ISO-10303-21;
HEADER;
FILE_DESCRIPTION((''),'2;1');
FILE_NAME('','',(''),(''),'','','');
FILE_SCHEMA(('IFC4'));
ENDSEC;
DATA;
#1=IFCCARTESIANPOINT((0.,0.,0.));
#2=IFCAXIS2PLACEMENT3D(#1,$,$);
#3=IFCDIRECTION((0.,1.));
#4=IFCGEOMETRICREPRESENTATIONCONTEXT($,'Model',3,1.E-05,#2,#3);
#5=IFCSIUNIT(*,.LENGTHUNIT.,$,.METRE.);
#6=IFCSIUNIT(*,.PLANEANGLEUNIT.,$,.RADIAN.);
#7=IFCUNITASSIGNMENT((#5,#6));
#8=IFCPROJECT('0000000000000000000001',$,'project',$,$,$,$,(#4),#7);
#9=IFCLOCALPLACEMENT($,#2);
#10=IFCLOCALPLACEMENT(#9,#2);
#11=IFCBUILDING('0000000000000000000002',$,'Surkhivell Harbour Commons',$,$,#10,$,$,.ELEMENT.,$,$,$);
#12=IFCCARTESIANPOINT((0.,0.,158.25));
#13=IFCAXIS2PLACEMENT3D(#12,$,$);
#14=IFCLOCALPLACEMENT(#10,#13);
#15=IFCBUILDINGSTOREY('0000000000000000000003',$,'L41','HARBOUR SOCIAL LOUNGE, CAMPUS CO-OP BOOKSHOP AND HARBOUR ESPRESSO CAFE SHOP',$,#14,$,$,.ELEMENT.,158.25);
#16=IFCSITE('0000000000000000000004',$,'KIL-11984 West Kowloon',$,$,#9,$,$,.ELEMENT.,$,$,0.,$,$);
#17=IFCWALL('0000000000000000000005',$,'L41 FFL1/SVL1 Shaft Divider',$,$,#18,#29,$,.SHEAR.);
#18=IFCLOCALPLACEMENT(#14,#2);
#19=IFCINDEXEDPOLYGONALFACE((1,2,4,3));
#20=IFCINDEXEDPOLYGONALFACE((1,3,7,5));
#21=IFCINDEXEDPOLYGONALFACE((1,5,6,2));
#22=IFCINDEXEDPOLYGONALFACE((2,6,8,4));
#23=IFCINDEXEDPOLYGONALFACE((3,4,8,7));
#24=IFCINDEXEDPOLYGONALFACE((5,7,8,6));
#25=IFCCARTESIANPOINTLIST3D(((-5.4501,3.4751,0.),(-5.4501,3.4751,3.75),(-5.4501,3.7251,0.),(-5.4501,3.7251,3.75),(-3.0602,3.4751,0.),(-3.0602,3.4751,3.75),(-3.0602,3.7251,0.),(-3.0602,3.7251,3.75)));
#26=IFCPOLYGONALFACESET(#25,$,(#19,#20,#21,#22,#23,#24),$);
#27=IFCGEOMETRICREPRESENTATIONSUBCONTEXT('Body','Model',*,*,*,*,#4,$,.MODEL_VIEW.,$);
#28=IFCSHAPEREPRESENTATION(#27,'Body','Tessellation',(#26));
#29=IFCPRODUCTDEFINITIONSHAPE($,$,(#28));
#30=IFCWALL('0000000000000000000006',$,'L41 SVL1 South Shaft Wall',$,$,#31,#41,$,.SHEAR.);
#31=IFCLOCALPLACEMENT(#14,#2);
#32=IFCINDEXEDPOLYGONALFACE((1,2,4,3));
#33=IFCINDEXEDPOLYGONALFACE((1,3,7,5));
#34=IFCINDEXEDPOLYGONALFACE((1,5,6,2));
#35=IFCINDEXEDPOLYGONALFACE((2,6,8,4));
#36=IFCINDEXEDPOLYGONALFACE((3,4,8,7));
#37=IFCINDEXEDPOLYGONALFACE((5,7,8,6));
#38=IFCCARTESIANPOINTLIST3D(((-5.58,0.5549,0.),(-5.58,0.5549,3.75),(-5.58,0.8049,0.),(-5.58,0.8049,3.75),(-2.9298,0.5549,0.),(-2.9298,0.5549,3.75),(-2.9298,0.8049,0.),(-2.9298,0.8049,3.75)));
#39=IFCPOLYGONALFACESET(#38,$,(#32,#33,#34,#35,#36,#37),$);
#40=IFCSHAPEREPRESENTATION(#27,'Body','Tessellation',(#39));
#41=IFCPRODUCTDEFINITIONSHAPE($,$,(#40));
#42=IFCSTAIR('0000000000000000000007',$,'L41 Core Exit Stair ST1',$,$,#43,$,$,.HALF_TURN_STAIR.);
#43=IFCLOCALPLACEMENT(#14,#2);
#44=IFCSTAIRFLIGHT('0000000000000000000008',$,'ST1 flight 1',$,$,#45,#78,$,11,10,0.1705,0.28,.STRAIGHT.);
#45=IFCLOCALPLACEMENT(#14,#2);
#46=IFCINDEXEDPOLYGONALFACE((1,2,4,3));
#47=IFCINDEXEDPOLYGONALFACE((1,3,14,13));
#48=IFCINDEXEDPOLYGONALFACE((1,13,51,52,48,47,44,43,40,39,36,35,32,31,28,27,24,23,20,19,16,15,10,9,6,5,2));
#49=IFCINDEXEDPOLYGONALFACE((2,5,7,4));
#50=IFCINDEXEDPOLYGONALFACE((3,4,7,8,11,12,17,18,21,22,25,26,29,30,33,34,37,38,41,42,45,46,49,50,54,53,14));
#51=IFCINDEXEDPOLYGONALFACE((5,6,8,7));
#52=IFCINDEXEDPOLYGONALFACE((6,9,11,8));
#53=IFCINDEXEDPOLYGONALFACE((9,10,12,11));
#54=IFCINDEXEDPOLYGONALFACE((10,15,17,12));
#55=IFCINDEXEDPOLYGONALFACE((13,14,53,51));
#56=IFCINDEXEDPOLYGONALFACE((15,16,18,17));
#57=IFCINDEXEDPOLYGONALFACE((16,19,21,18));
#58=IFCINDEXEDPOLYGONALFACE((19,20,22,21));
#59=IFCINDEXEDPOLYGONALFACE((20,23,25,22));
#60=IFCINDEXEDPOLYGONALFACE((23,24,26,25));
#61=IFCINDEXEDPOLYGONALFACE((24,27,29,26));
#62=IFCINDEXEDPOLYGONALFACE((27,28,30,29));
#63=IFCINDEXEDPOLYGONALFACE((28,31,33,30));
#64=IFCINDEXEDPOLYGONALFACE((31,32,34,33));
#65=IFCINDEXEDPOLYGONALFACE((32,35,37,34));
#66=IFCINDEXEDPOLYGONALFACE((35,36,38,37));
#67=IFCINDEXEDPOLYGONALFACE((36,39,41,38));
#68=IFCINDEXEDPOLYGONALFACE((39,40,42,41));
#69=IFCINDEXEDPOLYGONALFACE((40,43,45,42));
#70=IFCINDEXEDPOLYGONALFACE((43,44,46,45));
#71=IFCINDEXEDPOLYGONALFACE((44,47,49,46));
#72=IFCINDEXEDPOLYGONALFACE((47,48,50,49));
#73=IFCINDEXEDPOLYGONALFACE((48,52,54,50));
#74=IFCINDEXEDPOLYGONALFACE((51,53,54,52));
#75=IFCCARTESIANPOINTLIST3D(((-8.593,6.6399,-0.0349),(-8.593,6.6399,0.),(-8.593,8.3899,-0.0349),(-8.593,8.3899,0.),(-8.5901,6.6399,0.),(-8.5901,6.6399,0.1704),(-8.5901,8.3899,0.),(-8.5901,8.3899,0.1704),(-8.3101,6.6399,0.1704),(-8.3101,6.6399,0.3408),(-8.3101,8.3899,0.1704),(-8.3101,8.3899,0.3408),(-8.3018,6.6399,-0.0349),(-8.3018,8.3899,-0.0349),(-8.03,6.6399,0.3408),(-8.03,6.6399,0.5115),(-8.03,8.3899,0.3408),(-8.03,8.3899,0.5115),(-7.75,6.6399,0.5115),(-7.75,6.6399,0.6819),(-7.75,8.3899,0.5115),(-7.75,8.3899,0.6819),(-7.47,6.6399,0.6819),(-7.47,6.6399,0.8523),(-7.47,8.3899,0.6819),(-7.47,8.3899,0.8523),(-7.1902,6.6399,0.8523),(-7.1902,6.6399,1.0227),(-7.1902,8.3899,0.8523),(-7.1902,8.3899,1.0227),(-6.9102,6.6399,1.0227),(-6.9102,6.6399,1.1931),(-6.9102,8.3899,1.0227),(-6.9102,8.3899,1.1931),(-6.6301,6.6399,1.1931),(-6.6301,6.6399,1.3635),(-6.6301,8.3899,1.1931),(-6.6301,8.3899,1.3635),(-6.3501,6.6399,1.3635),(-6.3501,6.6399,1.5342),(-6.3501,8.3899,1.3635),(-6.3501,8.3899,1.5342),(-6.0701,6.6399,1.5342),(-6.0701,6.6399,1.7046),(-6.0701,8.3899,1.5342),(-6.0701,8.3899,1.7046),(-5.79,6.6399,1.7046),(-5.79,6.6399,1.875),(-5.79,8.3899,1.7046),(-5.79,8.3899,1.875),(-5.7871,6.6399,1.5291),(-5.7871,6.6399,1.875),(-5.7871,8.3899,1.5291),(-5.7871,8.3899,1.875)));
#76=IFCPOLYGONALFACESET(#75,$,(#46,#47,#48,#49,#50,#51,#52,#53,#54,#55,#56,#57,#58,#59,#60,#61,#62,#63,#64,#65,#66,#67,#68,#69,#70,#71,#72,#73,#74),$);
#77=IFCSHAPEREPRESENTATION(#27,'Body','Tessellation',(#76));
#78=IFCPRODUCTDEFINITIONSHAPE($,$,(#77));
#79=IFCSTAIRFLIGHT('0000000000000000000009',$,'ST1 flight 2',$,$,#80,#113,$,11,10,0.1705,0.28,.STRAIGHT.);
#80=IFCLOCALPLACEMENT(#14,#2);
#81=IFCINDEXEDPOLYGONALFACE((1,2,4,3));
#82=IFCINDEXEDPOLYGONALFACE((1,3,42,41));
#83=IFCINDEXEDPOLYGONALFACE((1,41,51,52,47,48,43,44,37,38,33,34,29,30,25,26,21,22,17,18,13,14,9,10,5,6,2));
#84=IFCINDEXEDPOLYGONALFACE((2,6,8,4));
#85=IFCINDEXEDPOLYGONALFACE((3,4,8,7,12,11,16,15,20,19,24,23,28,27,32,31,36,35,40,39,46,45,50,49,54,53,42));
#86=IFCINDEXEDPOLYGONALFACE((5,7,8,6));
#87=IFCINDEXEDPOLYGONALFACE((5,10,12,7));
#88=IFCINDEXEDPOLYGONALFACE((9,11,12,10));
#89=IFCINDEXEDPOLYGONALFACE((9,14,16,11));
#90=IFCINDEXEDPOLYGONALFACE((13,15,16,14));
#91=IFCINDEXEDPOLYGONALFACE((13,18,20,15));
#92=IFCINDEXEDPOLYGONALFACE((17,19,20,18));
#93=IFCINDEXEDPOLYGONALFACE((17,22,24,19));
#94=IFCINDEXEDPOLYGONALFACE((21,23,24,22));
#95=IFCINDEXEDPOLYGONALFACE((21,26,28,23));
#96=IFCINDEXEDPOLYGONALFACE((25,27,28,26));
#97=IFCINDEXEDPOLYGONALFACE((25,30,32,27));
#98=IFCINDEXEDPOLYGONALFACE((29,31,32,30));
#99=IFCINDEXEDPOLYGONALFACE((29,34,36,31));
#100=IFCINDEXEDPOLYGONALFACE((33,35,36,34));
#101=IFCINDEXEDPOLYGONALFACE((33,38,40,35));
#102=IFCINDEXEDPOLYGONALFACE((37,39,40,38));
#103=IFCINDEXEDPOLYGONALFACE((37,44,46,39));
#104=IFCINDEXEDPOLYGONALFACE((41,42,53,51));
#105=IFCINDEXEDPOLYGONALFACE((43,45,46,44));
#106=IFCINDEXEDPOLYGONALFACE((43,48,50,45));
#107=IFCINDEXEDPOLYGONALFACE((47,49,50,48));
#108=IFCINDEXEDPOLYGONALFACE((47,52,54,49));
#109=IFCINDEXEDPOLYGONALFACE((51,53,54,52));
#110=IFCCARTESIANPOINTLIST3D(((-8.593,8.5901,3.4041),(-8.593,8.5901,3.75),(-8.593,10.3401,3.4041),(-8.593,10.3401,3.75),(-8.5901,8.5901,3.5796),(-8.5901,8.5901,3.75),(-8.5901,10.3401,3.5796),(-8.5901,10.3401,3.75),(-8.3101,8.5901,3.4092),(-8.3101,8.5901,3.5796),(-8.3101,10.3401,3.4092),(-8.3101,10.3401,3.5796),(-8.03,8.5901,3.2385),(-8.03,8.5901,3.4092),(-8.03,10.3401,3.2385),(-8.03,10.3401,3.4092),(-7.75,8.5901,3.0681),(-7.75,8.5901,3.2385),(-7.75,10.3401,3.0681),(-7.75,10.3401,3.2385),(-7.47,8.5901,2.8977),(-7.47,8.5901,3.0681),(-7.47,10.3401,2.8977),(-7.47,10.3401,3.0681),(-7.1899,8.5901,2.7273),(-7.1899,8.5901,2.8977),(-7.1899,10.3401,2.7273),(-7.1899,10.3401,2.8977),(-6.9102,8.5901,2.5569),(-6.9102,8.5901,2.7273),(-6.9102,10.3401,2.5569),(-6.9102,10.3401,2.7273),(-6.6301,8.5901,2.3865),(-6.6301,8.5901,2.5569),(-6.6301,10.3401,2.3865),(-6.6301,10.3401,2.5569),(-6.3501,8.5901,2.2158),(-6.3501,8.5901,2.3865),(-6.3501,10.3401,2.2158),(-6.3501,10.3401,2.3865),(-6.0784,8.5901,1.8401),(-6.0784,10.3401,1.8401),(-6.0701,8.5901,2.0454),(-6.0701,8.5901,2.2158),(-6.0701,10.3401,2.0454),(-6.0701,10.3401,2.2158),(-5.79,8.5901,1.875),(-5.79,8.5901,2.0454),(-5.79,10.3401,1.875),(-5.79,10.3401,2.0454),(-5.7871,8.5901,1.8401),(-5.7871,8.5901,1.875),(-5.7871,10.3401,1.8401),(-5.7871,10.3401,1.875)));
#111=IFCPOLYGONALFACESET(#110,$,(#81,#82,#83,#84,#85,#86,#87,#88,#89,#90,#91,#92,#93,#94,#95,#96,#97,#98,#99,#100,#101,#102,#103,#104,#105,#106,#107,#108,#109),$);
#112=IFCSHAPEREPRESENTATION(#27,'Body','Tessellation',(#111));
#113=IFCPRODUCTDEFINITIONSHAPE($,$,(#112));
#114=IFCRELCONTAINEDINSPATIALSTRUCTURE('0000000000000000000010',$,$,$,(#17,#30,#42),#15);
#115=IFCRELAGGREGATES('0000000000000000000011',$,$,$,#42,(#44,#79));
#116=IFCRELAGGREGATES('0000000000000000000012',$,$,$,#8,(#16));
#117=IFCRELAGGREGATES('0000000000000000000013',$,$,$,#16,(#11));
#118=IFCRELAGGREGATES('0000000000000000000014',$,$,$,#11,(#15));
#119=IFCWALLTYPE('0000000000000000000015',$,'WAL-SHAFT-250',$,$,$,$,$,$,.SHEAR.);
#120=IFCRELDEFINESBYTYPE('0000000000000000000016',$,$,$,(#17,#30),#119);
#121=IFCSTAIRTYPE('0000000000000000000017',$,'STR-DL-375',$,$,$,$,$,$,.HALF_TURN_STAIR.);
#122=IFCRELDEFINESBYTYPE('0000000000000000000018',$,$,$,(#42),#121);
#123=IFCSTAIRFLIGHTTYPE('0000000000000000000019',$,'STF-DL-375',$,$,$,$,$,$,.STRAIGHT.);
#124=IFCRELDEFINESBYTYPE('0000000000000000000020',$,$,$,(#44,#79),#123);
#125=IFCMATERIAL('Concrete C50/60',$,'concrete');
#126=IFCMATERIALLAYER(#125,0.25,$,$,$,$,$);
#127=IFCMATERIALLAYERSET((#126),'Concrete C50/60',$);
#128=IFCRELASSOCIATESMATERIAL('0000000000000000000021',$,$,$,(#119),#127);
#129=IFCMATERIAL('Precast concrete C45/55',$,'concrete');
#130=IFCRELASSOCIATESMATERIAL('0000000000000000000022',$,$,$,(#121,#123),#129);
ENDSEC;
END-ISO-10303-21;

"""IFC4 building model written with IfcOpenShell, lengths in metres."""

from ifc_helpers import new_model, si_unit, direction, frame, frame_2d, origin, place, context, subcontext, project, spatial, polyline, rectangle, outline, extrude, material, layer, layer_set, type_object, element, aggregate, save


model = new_model("IFC4")

# Units and contexts
model_context = context("Model", 3, precision=1e-05, world=origin(), true_north=direction((0.0, 1.0)))
body_context = subcontext(model_context, "Body", "Model", "MODEL_VIEW")
ifc_project = project(units=[si_unit("LENGTHUNIT", "METRE"), si_unit("PLANEANGLEUNIT", "RADIAN")], contexts=[model_context])

# Site, building, storey
site_placement = place(None, origin())
site = spatial("IfcSite", under=ifc_project, at=site_placement, Name="KIL-11984 West Kowloon", CompositionType="ELEMENT", RefElevation=0.0)
building_placement = place(site_placement, origin())
building = spatial("IfcBuilding", under=site, at=building_placement, Name="Surkhivell Harbour Commons", CompositionType="ELEMENT")
storey_placement = place(building_placement, frame((0.0, 0.0, 158.25)))
storey = spatial("IfcBuildingStorey", under=building, at=storey_placement, Name="L41", Description="HARBOUR SOCIAL LOUNGE, CAMPUS CO-OP BOOKSHOP AND HARBOUR ESPRESSO CAFE SHOP", CompositionType="ELEMENT", Elevation=158.25)

# Shared definitions
ifc_material_1 = material(Name="Concrete C50/60", Category="concrete")
ifc_layer_1 = layer(ifc_material_1, 0.25)
ifc_layer_set_1 = layer_set([ifc_layer_1], Name="Concrete C50/60")
wall_type_1 = type_object("IfcWallType", Name="WAL-SHAFT-250", PredefinedType="SHEAR", material=ifc_layer_set_1)

# Walls
wall_1_placement = place(storey_placement, frame((-5.45, 3.6001, 0.0), z_axis=(0.0, 0.0, 1.0), x_axis=(1.0, 0.0, 0.0)))
element("IfcWall", 1, at=wall_1_placement, inside=storey, type_object=wall_type_1, Name="L41 FFL1/SVL1 Shaft Divider", PredefinedType="SHEAR", context=body_context, shape_type="SweptSolid", body=[
    extrude(rectangle(XDim=2.3899, YDim=0.25, at=frame_2d((1.1948, 0.0))), origin(), (0.0, 0.0, 1.0), 3.75),
])
wall_2_placement = place(storey_placement, frame((-5.5801, 0.6799, 0.0), z_axis=(0.0, 0.0, 1.0), x_axis=(1.0, 0.0, 0.0)))
element("IfcWall", 2, at=wall_2_placement, inside=storey, type_object=wall_type_1, Name="L41 SVL1 South Shaft Wall", PredefinedType="SHEAR", context=body_context, shape_type="SweptSolid", body=[
    extrude(rectangle(XDim=2.6501, YDim=0.25, at=frame_2d((1.3252, 0.0))), origin(), (0.0, 0.0, 1.0), 3.75),
])

# Stair, stair flights
ifc_material_2 = material(Name="Precast concrete C45/55", Category="concrete")
stair_type = type_object("IfcStairType", Name="STR-DL-375", PredefinedType="HALF_TURN_STAIR", material=ifc_material_2)
stair_placement = place(storey_placement, origin())
stair = element("IfcStair", 3, at=stair_placement, inside=storey, type_object=stair_type, Name="L41 Core Exit Stair ST1", PredefinedType="HALF_TURN_STAIR")
stair_flight_type = type_object("IfcStairFlightType", Name="STF-DL-375", PredefinedType="STRAIGHT", material=ifc_material_2)
stair_flight_1_placement = place(storey_placement, frame((-8.5901, 7.5149, 0.0), z_axis=(0.0, 0.0, 1.0), x_axis=(1.0, 0.0, 0.0)))
stair_flight_1 = element("IfcStairFlight", 4, at=stair_flight_1_placement, type_object=stair_flight_type, Name="ST1 flight 1", NumberOfRisers=11, NumberOfTreads=10, PredefinedType="STRAIGHT", RiserHeight=0.1705, TreadLength=0.28, context=body_context, shape_type="SweptSolid", body=[
    extrude(outline(polyline([(-0.0029, -0.0349), (-0.0029, 0.0), (0.0, 0.0), (0.0, 0.1704), (0.28, 0.1704), (0.28, 0.3408), (0.5601, 0.3408), (0.5601, 0.5115), (0.8401, 0.5115), (0.8401, 0.6819), (1.1201, 0.6819), (1.1201, 0.8523), (1.3999, 0.8523), (1.3999, 1.0227), (1.6799, 1.0227), (1.6799, 1.1931), (1.96, 1.1931), (1.96, 1.3635), (2.24, 1.3635), (2.24, 1.5342), (2.52, 1.5342), (2.52, 1.7046), (2.8, 1.7046), (2.8, 1.875), (2.803, 1.875), (2.803, 1.5291), (0.2883, -0.0349), (-0.0029, -0.0349)])), frame((0.0, 0.875, 0.0), z_axis=(0.0, -1.0, 0.0), x_axis=(1.0, 0.0, 0.0)), (0.0, 0.0, 1.0), 1.75),
])
stair_flight_2_placement = place(storey_placement, frame((-5.79, 9.4651, 1.875), z_axis=(0.0, 0.0, 1.0), x_axis=(-1.0, 0.0, 0.0)))
stair_flight_2 = element("IfcStairFlight", 5, at=stair_flight_2_placement, type_object=stair_flight_type, Name="ST1 flight 2", NumberOfRisers=11, NumberOfTreads=10, PredefinedType="STRAIGHT", RiserHeight=0.1705, TreadLength=0.28, context=body_context, shape_type="SweptSolid", body=[
    extrude(outline(polyline([(-0.0029, -0.0349), (-0.0029, 0.0), (0.0, 0.0), (0.0, 0.1704), (0.28, 0.1704), (0.28, 0.3408), (0.5601, 0.3408), (0.5601, 0.5115), (0.8401, 0.5115), (0.8401, 0.6819), (1.1201, 0.6819), (1.1201, 0.8523), (1.3999, 0.8523), (1.3999, 1.0227), (1.6799, 1.0227), (1.6799, 1.1931), (1.96, 1.1931), (1.96, 1.3635), (2.24, 1.3635), (2.24, 1.5342), (2.52, 1.5342), (2.52, 1.7046), (2.8, 1.7046), (2.8, 1.875), (2.803, 1.875), (2.803, 1.5291), (0.2883, -0.0349), (-0.0029, -0.0349)])), frame((0.0, 0.875, 0.0), z_axis=(0.0, -1.0, 0.0), x_axis=(1.0, 0.0, 0.0)), (0.0, 0.0, 1.0), 1.75),
])
aggregate(stair, [stair_flight_1, stair_flight_2])

save(model, "model.ifc")
